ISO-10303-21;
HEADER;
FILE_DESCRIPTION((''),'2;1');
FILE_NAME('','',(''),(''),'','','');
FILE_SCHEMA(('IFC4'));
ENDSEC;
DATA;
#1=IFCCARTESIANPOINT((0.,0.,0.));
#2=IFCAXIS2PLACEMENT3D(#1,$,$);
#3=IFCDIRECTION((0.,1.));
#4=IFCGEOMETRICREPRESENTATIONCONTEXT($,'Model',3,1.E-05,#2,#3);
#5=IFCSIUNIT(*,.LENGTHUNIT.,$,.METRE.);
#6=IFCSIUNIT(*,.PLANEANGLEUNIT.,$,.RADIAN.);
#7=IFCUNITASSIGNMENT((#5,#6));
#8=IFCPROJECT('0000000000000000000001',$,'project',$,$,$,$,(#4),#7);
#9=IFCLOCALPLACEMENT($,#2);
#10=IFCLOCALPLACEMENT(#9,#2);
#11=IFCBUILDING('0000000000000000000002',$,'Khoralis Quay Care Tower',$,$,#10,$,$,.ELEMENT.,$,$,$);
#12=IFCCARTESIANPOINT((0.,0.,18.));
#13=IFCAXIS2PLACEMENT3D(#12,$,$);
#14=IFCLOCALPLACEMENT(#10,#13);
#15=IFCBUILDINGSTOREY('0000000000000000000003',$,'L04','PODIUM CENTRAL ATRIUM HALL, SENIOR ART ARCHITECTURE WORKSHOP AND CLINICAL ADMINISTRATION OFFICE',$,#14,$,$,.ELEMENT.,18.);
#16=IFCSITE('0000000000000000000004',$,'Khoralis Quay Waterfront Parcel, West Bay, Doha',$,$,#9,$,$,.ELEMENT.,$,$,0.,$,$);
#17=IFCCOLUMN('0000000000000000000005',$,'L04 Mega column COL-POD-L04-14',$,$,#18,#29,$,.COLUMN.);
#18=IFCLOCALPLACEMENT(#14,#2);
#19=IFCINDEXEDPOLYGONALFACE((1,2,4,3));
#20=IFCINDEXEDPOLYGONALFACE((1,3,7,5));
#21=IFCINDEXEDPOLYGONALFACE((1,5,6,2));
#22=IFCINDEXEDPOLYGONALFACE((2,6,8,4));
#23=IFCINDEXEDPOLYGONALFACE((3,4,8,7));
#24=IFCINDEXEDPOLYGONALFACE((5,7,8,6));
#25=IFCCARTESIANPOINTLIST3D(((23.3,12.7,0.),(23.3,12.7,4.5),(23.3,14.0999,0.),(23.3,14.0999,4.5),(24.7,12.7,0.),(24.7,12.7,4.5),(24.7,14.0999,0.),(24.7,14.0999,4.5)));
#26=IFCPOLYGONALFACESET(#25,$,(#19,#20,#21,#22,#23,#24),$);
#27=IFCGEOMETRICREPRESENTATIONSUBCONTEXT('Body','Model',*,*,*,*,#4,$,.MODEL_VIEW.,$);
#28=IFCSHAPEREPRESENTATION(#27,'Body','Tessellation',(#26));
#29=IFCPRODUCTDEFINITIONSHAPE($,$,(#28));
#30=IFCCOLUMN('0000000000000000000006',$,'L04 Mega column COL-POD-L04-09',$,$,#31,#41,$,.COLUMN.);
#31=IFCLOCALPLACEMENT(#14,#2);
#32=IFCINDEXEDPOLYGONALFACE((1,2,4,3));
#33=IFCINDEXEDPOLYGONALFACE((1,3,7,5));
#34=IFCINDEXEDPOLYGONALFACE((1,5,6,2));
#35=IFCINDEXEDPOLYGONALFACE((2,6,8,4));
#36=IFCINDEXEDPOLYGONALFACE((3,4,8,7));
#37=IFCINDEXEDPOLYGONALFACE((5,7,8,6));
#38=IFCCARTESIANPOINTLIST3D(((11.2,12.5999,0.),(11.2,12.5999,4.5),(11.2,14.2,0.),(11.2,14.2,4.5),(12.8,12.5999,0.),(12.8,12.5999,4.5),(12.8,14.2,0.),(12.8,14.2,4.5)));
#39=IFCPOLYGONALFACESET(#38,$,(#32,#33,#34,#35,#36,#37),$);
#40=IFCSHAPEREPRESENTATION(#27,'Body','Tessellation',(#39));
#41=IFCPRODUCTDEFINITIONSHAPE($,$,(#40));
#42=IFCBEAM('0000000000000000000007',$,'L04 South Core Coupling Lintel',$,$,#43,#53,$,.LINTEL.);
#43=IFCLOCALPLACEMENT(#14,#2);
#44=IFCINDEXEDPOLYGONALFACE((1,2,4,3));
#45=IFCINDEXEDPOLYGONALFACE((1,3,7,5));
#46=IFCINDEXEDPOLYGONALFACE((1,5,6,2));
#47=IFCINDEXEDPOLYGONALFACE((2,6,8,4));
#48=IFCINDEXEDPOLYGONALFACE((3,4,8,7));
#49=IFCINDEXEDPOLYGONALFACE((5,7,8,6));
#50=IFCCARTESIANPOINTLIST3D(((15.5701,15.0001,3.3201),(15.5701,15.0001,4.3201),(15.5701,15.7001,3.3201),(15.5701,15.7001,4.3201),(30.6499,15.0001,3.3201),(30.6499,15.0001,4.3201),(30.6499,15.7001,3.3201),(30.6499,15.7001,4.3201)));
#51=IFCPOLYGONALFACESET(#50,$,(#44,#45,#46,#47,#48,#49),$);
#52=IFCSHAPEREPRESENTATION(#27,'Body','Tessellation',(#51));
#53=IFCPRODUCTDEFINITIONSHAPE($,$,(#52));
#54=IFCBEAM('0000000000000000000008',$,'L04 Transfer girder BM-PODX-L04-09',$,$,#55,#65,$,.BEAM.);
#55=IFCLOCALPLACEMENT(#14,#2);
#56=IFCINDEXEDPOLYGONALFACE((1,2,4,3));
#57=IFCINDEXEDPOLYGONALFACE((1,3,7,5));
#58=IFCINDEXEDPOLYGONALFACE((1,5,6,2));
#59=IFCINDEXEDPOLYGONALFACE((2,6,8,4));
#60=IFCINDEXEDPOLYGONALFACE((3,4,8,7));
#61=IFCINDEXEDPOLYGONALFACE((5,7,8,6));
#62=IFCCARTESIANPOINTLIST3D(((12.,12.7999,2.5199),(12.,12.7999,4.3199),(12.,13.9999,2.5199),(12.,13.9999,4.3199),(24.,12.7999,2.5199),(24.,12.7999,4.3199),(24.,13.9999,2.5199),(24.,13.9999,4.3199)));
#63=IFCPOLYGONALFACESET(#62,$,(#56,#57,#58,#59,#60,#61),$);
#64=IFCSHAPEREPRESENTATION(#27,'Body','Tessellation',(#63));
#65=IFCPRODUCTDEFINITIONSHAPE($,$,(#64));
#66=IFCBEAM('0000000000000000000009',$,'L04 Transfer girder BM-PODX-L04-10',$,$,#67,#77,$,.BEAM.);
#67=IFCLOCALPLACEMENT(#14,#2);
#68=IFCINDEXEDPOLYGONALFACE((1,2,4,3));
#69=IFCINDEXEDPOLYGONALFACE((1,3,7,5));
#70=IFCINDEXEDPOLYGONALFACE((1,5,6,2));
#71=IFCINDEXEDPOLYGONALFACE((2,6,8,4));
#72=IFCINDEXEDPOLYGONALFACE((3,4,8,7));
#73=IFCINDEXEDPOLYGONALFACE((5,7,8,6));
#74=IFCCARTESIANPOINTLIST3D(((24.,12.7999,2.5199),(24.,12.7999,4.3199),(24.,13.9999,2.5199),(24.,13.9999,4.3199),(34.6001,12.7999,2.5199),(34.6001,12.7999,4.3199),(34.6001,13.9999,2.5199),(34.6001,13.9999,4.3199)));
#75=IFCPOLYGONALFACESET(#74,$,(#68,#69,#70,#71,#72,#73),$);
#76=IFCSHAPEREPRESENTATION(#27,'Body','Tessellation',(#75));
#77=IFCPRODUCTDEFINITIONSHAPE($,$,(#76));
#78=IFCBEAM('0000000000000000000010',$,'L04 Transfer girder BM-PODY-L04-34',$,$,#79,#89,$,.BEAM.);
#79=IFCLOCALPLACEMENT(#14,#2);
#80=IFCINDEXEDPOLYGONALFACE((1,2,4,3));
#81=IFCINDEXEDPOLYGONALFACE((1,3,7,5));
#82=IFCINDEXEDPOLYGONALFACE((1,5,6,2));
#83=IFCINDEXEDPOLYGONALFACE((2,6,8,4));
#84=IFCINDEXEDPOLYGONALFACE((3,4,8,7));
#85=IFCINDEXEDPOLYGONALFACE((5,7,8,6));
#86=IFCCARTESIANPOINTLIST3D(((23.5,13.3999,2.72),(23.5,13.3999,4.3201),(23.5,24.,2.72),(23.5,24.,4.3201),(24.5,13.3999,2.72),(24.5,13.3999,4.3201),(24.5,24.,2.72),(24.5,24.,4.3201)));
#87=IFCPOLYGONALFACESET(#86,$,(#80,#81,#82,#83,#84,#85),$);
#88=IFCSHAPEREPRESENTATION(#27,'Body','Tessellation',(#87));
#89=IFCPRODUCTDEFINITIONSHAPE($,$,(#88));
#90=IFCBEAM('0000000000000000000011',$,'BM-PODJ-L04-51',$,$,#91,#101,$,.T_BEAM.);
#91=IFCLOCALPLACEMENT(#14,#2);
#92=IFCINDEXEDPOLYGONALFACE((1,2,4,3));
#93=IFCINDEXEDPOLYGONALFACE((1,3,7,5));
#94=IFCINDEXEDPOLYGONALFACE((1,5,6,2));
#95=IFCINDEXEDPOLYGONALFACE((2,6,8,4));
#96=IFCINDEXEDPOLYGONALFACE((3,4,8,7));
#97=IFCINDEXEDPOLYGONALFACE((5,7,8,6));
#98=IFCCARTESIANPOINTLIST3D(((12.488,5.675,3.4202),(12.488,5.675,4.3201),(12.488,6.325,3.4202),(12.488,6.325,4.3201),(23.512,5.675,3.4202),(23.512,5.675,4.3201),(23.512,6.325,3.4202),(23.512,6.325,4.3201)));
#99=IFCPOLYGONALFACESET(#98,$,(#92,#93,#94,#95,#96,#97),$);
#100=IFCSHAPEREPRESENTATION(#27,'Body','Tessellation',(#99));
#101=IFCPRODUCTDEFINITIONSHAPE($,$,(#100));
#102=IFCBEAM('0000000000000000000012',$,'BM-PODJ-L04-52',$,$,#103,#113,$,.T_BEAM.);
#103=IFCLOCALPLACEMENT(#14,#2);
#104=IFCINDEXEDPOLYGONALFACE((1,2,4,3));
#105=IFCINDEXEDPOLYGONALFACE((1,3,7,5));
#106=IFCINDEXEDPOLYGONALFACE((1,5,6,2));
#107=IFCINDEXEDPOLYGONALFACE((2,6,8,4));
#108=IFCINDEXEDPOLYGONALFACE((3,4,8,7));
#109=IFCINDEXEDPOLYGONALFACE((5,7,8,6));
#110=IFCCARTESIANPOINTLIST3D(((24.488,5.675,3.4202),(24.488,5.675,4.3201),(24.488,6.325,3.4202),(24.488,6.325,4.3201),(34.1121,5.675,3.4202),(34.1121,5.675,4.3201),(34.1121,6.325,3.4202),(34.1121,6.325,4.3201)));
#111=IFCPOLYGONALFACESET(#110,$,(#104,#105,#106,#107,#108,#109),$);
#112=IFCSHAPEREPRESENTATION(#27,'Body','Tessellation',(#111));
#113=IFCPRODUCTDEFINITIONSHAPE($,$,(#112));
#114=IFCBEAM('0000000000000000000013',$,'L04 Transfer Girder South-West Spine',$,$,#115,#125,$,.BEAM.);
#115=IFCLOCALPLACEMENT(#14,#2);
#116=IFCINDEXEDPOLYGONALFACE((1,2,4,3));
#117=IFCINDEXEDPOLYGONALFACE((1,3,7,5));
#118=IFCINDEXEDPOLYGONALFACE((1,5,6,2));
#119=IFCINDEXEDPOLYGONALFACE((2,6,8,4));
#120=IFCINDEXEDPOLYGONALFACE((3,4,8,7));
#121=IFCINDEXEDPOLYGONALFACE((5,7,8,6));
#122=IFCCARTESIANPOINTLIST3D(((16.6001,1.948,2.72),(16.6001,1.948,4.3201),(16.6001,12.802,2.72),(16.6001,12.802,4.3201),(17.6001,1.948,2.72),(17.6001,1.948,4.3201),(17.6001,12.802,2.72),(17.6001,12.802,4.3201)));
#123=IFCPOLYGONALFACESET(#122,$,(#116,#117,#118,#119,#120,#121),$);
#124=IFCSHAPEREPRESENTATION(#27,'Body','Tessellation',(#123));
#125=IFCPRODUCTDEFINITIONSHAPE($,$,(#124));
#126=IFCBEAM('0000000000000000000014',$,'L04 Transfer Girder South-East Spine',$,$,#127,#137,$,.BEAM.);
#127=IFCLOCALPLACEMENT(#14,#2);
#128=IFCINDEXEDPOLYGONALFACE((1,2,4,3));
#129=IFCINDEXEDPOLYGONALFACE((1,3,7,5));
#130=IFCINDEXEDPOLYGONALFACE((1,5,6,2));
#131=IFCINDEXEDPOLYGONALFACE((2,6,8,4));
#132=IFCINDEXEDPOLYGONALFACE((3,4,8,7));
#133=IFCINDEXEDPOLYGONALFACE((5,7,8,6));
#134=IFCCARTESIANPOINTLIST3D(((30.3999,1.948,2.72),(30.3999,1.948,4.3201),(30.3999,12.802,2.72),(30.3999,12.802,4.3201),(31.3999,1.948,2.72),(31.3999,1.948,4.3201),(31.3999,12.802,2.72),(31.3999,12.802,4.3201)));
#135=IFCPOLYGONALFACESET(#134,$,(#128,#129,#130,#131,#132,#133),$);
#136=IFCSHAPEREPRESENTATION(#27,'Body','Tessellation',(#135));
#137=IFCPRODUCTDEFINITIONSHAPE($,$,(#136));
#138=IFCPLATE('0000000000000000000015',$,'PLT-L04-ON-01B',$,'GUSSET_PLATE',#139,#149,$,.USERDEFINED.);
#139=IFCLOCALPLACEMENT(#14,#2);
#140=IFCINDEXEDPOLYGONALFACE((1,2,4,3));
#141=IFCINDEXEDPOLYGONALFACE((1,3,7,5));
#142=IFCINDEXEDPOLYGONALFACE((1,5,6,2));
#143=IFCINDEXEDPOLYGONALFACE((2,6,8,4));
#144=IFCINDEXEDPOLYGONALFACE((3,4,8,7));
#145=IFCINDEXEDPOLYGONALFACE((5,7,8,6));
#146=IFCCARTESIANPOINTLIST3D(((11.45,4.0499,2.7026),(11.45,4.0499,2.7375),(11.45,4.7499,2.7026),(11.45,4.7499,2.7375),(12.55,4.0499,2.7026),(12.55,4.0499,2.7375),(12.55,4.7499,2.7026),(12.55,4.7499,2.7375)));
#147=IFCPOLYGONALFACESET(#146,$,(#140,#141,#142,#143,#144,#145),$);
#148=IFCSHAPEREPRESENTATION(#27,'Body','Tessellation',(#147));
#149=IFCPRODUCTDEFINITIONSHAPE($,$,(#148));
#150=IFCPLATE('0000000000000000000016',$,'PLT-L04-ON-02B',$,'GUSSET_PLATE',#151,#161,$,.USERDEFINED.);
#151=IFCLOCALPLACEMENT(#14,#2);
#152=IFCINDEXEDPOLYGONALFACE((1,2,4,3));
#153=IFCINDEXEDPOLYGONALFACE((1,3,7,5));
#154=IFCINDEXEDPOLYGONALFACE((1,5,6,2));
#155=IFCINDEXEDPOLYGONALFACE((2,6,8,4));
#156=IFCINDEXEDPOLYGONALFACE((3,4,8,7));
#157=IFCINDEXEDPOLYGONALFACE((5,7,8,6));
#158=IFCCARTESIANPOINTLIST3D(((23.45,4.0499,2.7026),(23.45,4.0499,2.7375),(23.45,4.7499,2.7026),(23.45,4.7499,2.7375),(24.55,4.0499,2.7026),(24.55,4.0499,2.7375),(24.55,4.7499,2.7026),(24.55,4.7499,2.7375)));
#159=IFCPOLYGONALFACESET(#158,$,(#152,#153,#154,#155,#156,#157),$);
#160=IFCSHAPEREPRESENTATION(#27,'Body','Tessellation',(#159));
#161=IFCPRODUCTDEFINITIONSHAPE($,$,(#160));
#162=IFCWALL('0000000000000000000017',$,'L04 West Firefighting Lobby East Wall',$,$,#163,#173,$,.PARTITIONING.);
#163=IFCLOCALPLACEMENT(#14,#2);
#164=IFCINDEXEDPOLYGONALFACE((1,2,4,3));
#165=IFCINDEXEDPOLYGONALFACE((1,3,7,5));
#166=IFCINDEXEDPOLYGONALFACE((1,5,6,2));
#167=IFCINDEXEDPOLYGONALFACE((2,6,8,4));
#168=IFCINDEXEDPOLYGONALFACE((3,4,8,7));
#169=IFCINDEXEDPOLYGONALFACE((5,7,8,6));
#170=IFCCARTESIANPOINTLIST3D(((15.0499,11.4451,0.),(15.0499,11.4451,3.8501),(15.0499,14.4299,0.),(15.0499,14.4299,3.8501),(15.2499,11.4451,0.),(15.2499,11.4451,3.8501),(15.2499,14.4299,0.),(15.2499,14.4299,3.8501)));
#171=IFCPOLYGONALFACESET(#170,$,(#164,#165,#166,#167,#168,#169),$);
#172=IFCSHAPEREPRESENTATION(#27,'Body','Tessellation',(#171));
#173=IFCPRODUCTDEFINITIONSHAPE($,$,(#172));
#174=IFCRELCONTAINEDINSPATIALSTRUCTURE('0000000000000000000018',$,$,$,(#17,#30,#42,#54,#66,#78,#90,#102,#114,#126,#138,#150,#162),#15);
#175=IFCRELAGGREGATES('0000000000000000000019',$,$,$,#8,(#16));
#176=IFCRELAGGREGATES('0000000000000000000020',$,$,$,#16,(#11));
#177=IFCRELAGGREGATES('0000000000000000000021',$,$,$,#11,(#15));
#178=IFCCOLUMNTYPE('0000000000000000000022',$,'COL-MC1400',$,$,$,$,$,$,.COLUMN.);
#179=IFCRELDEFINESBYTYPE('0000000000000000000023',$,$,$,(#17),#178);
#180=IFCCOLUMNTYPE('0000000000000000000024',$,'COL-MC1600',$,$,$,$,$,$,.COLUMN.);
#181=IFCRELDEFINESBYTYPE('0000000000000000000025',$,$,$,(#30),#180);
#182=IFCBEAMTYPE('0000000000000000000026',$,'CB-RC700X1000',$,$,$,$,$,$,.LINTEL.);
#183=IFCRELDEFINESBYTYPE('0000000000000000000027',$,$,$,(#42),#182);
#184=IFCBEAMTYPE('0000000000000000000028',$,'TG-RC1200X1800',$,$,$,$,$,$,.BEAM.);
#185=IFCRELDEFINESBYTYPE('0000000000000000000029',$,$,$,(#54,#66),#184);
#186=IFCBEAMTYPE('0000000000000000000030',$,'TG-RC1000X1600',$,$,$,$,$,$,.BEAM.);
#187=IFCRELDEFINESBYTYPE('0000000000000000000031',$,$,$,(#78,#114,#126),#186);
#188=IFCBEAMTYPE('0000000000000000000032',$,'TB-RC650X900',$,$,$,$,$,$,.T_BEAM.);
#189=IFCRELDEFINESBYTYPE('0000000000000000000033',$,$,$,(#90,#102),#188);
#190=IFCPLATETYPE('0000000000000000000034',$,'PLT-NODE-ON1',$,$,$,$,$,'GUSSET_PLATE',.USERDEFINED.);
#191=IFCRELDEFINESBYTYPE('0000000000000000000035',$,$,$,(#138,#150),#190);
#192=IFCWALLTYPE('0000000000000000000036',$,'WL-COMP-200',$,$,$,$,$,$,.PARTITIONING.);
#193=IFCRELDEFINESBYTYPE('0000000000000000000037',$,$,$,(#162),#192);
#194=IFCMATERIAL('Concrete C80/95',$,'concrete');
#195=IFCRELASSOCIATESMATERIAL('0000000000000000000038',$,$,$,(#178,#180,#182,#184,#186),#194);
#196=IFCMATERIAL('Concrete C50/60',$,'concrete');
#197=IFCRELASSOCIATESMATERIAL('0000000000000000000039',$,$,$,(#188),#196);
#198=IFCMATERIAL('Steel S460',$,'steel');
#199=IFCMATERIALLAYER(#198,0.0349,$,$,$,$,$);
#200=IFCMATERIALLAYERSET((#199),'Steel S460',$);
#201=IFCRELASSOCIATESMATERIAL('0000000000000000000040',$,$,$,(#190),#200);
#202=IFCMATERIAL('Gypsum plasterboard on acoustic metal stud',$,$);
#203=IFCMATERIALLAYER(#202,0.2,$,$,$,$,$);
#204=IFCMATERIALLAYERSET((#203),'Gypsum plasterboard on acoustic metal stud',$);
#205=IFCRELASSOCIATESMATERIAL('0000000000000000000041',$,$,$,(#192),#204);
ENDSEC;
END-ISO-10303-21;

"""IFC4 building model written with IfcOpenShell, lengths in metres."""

from ifc_helpers import new_model, si_unit, direction, frame, frame_2d, origin, origin_2d, place, context, subcontext, project, spatial, rectangle, extrude, source, transform, mapped, material, layer, layer_set, material_profile, profile_set, type_object, element, save


model = new_model("IFC4")

# Units and contexts
model_context = context("Model", 3, precision=1e-05, world=origin(), true_north=direction((0.0, 1.0)))
body_context = subcontext(model_context, "Body", "Model", "MODEL_VIEW")
ifc_project = project(units=[si_unit("LENGTHUNIT", "METRE"), si_unit("PLANEANGLEUNIT", "RADIAN")], contexts=[model_context])

# Site, building, storey
site_placement = place(None, origin())
site = spatial("IfcSite", under=ifc_project, at=site_placement, Name="Khoralis Quay Waterfront Parcel, West Bay, Doha", CompositionType="ELEMENT", RefElevation=0.0)
building_placement = place(site_placement, origin())
building = spatial("IfcBuilding", under=site, at=building_placement, Name="Khoralis Quay Care Tower", CompositionType="ELEMENT")
storey_placement = place(building_placement, frame((0.0, 0.0, 18.0)))
storey = spatial("IfcBuildingStorey", under=building, at=storey_placement, Name="L04", Description="PODIUM CENTRAL ATRIUM HALL, SENIOR ART ARCHITECTURE WORKSHOP AND CLINICAL ADMINISTRATION OFFICE", CompositionType="ELEMENT", Elevation=18.0)

# Columns
ifc_material_1 = material(Name="Concrete C80/95", Category="concrete")
ifc_material_profile_1 = material_profile(ifc_material_1, rectangle(XDim=1.3999, YDim=1.3999, at=origin_2d()), Name="Concrete C80/95")
ifc_profile_set_1 = profile_set([ifc_material_profile_1], Name="Concrete C80/95")
column_type_1 = type_object("IfcColumnType", Name="COL-MC1400", PredefinedType="COLUMN", material=ifc_profile_set_1)
shared_shape_1 = source(origin(), body_context, "Body", "SweptSolid", [
    extrude(rectangle(XDim=1.3999, YDim=1.3999, at=origin_2d()), origin(), (0.0, 0.0, 1.0), 4.5),
])
column_1_placement = place(storey_placement, frame((24.0, 13.3999, 0.0), z_axis=(0.0, 0.0, 1.0), x_axis=(1.0, 0.0, 0.0)))
element("IfcColumn", 1, at=column_1_placement, inside=storey, type_object=column_type_1, Name="L04 Mega column COL-POD-L04-14", PredefinedType="COLUMN", context=body_context, shape_type="MappedRepresentation", body=[
    mapped(shared_shape_1, transform((0.0, 0.0, 0.0), scale=1.0)),
])
ifc_material_profile_2 = material_profile(ifc_material_1, rectangle(XDim=1.6001, YDim=1.6001, at=origin_2d()), Name="Concrete C80/95")
ifc_profile_set_2 = profile_set([ifc_material_profile_2], Name="Concrete C80/95")
column_type_2 = type_object("IfcColumnType", Name="COL-MC1600", PredefinedType="COLUMN", material=ifc_profile_set_2)
shared_shape_2 = source(origin(), body_context, "Body", "SweptSolid", [
    extrude(rectangle(XDim=1.6001, YDim=1.6001, at=origin_2d()), origin(), (0.0, 0.0, 1.0), 4.5),
])
column_2_placement = place(storey_placement, frame((12.0, 13.3999, 0.0), z_axis=(0.0, 0.0, 1.0), x_axis=(1.0, 0.0, 0.0)))
element("IfcColumn", 2, at=column_2_placement, inside=storey, type_object=column_type_2, Name="L04 Mega column COL-POD-L04-09", PredefinedType="COLUMN", context=body_context, shape_type="MappedRepresentation", body=[
    mapped(shared_shape_2, transform((0.0, 0.0, 0.0), scale=1.0)),
])

# Beams
ifc_material_profile_3 = material_profile(ifc_material_1, rectangle(XDim=0.7, YDim=1.0, at=origin_2d()), Name="Concrete C80/95")
ifc_profile_set_3 = profile_set([ifc_material_profile_3], Name="Concrete C80/95")
beam_type_1 = type_object("IfcBeamType", Name="CB-RC700X1000", PredefinedType="LINTEL", material=ifc_profile_set_3)
shared_shape_3 = source(origin(), body_context, "Body", "SweptSolid", [
    extrude(rectangle(XDim=0.7, YDim=1.0, at=origin_2d()), origin(), (0.0, 0.0, 1.0), 15.0798),
])
beam_1_placement = place(storey_placement, frame((15.5701, 15.3501, 3.8201), z_axis=(1.0, 0.0, 0.0), x_axis=(0.0, 1.0, 0.0)))
element("IfcBeam", 3, at=beam_1_placement, inside=storey, type_object=beam_type_1, Name="L04 South Core Coupling Lintel", PredefinedType="LINTEL", context=body_context, shape_type="MappedRepresentation", body=[
    mapped(shared_shape_3, transform((0.0, 0.0, 0.0), scale=1.0)),
])
ifc_material_profile_4 = material_profile(ifc_material_1, rectangle(XDim=1.2, YDim=1.8, at=origin_2d()), Name="Concrete C80/95")
ifc_profile_set_4 = profile_set([ifc_material_profile_4], Name="Concrete C80/95")
beam_type_2 = type_object("IfcBeamType", Name="TG-RC1200X1800", PredefinedType="BEAM", material=ifc_profile_set_4)
shared_shape_4 = source(origin(), body_context, "Body", "SweptSolid", [
    extrude(rectangle(XDim=1.2, YDim=1.8, at=origin_2d()), origin(), (0.0, 0.0, 1.0), 12.0),
])
beam_2_placement = place(storey_placement, frame((12.0, 13.3999, 3.4199), z_axis=(1.0, 0.0, 0.0), x_axis=(0.0, 1.0, 0.0)))
element("IfcBeam", 4, at=beam_2_placement, inside=storey, type_object=beam_type_2, Name="L04 Transfer girder BM-PODX-L04-09", PredefinedType="BEAM", context=body_context, shape_type="MappedRepresentation", body=[
    mapped(shared_shape_4, transform((0.0, 0.0, 0.0), scale=1.0)),
])
shared_shape_5 = source(origin(), body_context, "Body", "SweptSolid", [
    extrude(rectangle(XDim=1.2, YDim=1.8, at=origin_2d()), origin(), (0.0, 0.0, 1.0), 10.6001),
])
beam_3_placement = place(storey_placement, frame((24.0, 13.3999, 3.4199), z_axis=(1.0, 0.0, 0.0), x_axis=(0.0, 1.0, 0.0)))
element("IfcBeam", 5, at=beam_3_placement, inside=storey, type_object=beam_type_2, Name="L04 Transfer girder BM-PODX-L04-10", PredefinedType="BEAM", context=body_context, shape_type="MappedRepresentation", body=[
    mapped(shared_shape_5, transform((0.0, 0.0, 0.0), scale=1.0)),
])
ifc_material_profile_5 = material_profile(ifc_material_1, rectangle(XDim=1.0, YDim=1.6001, at=origin_2d()), Name="Concrete C80/95")
ifc_profile_set_5 = profile_set([ifc_material_profile_5], Name="Concrete C80/95")
beam_type_3 = type_object("IfcBeamType", Name="TG-RC1000X1600", PredefinedType="BEAM", material=ifc_profile_set_5)
shared_shape_6 = source(origin(), body_context, "Body", "SweptSolid", [
    extrude(rectangle(XDim=1.0, YDim=1.6001, at=origin_2d()), origin(), (0.0, 0.0, 1.0), 10.6001),
])
beam_4_placement = place(storey_placement, frame((24.0, 13.3999, 3.52), z_axis=(0.0, 1.0, 0.0), x_axis=(-1.0, 0.0, 0.0)))
element("IfcBeam", 6, at=beam_4_placement, inside=storey, type_object=beam_type_3, Name="L04 Transfer girder BM-PODY-L04-34", PredefinedType="BEAM", context=body_context, shape_type="MappedRepresentation", body=[
    mapped(shared_shape_6, transform((0.0, 0.0, 0.0), scale=1.0)),
])
ifc_material_2 = material(Name="Concrete C50/60", Category="concrete")
ifc_material_profile_6 = material_profile(ifc_material_2, rectangle(XDim=0.6499, YDim=0.8999, at=origin_2d()), Name="Concrete C50/60")
ifc_profile_set_6 = profile_set([ifc_material_profile_6], Name="Concrete C50/60")
beam_type_4 = type_object("IfcBeamType", Name="TB-RC650X900", PredefinedType="T_BEAM", material=ifc_profile_set_6)
shared_shape_7 = source(origin(), body_context, "Body", "SweptSolid", [
    extrude(rectangle(XDim=0.6499, YDim=0.8999, at=origin_2d()), origin(), (0.0, 0.0, 1.0), 11.0239),
])
beam_5_placement = place(storey_placement, frame((12.488, 6.0, 3.8701), z_axis=(1.0, 0.0, 0.0), x_axis=(0.0, 1.0, 0.0)))
element("IfcBeam", 7, at=beam_5_placement, inside=storey, type_object=beam_type_4, Name="BM-PODJ-L04-51", PredefinedType="T_BEAM", context=body_context, shape_type="MappedRepresentation", body=[
    mapped(shared_shape_7, transform((0.0, 0.0, 0.0), scale=1.0)),
])
shared_shape_8 = source(origin(), body_context, "Body", "SweptSolid", [
    extrude(rectangle(XDim=0.6499, YDim=0.8999, at=origin_2d()), origin(), (0.0, 0.0, 1.0), 9.624),
])
beam_6_placement = place(storey_placement, frame((24.488, 6.0, 3.8701), z_axis=(1.0, 0.0, 0.0), x_axis=(0.0, 1.0, 0.0)))
element("IfcBeam", 8, at=beam_6_placement, inside=storey, type_object=beam_type_4, Name="BM-PODJ-L04-52", PredefinedType="T_BEAM", context=body_context, shape_type="MappedRepresentation", body=[
    mapped(shared_shape_8, transform((0.0, 0.0, 0.0), scale=1.0)),
])
shared_shape_9 = source(origin(), body_context, "Body", "SweptSolid", [
    extrude(rectangle(XDim=1.0, YDim=1.6001, at=origin_2d()), origin(), (0.0, 0.0, 1.0), 10.854),
])
for number, where, z_axis, x_axis, name in (
    (9, (17.1001, 1.948, 3.52), (0.0, 1.0, 0.0), (-1.0, 0.0, 0.0), "L04 Transfer Girder South-West Spine"),
    (10, (30.8999, 1.948, 3.52), (0.0, 1.0, 0.0), (-1.0, 0.0, 0.0), "L04 Transfer Girder South-East Spine"),
):
    element("IfcBeam", number, at=place(storey_placement, frame(where, z_axis=z_axis, x_axis=x_axis)), inside=storey, type_object=beam_type_3, Name=name, PredefinedType="BEAM", context=body_context, shape_type="MappedRepresentation", body=[
        mapped(shared_shape_9, transform((0.0, 0.0, 0.0), scale=1.0)),
    ])

# Plates
ifc_material_3 = material(Name="Steel S460", Category="steel")
ifc_layer_1 = layer(ifc_material_3, 0.0349)
ifc_layer_set_1 = layer_set([ifc_layer_1], Name="Steel S460")
plate_type = type_object("IfcPlateType", Name="PLT-NODE-ON1", ElementType="GUSSET_PLATE", PredefinedType="USERDEFINED", material=ifc_layer_set_1)
shared_shape_10 = source(origin(), body_context, "Body", "SweptSolid", [
    extrude(rectangle(XDim=1.1001, YDim=0.7, at=origin_2d()), origin(), (0.0, 0.0, 1.0), 0.0349),
])
for number, where, z_axis, x_axis, name in (
    (11, (12.0, 4.3999, 2.7026), (0.0, 0.0, 1.0), (1.0, 0.0, 0.0), "PLT-L04-ON-01B"),
    (12, (24.0, 4.3999, 2.7026), (0.0, 0.0, 1.0), (1.0, 0.0, 0.0), "PLT-L04-ON-02B"),
):
    element("IfcPlate", number, at=place(storey_placement, frame(where, z_axis=z_axis, x_axis=x_axis)), inside=storey, type_object=plate_type, Name=name, ObjectType="GUSSET_PLATE", PredefinedType="USERDEFINED", context=body_context, shape_type="MappedRepresentation", body=[
        mapped(shared_shape_10, transform((0.0, 0.0, 0.0), scale=1.0)),
    ])

# Wall
ifc_material_4 = material(Name="Gypsum plasterboard on acoustic metal stud")
ifc_layer_2 = layer(ifc_material_4, 0.2)
ifc_layer_set_2 = layer_set([ifc_layer_2], Name="Gypsum plasterboard on acoustic metal stud")
wall_type_1 = type_object("IfcWallType", Name="WL-COMP-200", PredefinedType="PARTITIONING", material=ifc_layer_set_2)
wall_1_placement = place(storey_placement, frame((15.1499, 11.4451, 0.0), z_axis=(0.0, 0.0, 1.0), x_axis=(0.0, 1.0, 0.0)))
element("IfcWall", 13, at=wall_1_placement, inside=storey, type_object=wall_type_1, Name="L04 West Firefighting Lobby East Wall", PredefinedType="PARTITIONING", context=body_context, shape_type="SweptSolid", body=[
    extrude(rectangle(XDim=2.9849, YDim=0.2, at=frame_2d((1.4924, 0.0))), origin(), (0.0, 0.0, 1.0), 3.8501),
])

save(model, "model.ifc")
